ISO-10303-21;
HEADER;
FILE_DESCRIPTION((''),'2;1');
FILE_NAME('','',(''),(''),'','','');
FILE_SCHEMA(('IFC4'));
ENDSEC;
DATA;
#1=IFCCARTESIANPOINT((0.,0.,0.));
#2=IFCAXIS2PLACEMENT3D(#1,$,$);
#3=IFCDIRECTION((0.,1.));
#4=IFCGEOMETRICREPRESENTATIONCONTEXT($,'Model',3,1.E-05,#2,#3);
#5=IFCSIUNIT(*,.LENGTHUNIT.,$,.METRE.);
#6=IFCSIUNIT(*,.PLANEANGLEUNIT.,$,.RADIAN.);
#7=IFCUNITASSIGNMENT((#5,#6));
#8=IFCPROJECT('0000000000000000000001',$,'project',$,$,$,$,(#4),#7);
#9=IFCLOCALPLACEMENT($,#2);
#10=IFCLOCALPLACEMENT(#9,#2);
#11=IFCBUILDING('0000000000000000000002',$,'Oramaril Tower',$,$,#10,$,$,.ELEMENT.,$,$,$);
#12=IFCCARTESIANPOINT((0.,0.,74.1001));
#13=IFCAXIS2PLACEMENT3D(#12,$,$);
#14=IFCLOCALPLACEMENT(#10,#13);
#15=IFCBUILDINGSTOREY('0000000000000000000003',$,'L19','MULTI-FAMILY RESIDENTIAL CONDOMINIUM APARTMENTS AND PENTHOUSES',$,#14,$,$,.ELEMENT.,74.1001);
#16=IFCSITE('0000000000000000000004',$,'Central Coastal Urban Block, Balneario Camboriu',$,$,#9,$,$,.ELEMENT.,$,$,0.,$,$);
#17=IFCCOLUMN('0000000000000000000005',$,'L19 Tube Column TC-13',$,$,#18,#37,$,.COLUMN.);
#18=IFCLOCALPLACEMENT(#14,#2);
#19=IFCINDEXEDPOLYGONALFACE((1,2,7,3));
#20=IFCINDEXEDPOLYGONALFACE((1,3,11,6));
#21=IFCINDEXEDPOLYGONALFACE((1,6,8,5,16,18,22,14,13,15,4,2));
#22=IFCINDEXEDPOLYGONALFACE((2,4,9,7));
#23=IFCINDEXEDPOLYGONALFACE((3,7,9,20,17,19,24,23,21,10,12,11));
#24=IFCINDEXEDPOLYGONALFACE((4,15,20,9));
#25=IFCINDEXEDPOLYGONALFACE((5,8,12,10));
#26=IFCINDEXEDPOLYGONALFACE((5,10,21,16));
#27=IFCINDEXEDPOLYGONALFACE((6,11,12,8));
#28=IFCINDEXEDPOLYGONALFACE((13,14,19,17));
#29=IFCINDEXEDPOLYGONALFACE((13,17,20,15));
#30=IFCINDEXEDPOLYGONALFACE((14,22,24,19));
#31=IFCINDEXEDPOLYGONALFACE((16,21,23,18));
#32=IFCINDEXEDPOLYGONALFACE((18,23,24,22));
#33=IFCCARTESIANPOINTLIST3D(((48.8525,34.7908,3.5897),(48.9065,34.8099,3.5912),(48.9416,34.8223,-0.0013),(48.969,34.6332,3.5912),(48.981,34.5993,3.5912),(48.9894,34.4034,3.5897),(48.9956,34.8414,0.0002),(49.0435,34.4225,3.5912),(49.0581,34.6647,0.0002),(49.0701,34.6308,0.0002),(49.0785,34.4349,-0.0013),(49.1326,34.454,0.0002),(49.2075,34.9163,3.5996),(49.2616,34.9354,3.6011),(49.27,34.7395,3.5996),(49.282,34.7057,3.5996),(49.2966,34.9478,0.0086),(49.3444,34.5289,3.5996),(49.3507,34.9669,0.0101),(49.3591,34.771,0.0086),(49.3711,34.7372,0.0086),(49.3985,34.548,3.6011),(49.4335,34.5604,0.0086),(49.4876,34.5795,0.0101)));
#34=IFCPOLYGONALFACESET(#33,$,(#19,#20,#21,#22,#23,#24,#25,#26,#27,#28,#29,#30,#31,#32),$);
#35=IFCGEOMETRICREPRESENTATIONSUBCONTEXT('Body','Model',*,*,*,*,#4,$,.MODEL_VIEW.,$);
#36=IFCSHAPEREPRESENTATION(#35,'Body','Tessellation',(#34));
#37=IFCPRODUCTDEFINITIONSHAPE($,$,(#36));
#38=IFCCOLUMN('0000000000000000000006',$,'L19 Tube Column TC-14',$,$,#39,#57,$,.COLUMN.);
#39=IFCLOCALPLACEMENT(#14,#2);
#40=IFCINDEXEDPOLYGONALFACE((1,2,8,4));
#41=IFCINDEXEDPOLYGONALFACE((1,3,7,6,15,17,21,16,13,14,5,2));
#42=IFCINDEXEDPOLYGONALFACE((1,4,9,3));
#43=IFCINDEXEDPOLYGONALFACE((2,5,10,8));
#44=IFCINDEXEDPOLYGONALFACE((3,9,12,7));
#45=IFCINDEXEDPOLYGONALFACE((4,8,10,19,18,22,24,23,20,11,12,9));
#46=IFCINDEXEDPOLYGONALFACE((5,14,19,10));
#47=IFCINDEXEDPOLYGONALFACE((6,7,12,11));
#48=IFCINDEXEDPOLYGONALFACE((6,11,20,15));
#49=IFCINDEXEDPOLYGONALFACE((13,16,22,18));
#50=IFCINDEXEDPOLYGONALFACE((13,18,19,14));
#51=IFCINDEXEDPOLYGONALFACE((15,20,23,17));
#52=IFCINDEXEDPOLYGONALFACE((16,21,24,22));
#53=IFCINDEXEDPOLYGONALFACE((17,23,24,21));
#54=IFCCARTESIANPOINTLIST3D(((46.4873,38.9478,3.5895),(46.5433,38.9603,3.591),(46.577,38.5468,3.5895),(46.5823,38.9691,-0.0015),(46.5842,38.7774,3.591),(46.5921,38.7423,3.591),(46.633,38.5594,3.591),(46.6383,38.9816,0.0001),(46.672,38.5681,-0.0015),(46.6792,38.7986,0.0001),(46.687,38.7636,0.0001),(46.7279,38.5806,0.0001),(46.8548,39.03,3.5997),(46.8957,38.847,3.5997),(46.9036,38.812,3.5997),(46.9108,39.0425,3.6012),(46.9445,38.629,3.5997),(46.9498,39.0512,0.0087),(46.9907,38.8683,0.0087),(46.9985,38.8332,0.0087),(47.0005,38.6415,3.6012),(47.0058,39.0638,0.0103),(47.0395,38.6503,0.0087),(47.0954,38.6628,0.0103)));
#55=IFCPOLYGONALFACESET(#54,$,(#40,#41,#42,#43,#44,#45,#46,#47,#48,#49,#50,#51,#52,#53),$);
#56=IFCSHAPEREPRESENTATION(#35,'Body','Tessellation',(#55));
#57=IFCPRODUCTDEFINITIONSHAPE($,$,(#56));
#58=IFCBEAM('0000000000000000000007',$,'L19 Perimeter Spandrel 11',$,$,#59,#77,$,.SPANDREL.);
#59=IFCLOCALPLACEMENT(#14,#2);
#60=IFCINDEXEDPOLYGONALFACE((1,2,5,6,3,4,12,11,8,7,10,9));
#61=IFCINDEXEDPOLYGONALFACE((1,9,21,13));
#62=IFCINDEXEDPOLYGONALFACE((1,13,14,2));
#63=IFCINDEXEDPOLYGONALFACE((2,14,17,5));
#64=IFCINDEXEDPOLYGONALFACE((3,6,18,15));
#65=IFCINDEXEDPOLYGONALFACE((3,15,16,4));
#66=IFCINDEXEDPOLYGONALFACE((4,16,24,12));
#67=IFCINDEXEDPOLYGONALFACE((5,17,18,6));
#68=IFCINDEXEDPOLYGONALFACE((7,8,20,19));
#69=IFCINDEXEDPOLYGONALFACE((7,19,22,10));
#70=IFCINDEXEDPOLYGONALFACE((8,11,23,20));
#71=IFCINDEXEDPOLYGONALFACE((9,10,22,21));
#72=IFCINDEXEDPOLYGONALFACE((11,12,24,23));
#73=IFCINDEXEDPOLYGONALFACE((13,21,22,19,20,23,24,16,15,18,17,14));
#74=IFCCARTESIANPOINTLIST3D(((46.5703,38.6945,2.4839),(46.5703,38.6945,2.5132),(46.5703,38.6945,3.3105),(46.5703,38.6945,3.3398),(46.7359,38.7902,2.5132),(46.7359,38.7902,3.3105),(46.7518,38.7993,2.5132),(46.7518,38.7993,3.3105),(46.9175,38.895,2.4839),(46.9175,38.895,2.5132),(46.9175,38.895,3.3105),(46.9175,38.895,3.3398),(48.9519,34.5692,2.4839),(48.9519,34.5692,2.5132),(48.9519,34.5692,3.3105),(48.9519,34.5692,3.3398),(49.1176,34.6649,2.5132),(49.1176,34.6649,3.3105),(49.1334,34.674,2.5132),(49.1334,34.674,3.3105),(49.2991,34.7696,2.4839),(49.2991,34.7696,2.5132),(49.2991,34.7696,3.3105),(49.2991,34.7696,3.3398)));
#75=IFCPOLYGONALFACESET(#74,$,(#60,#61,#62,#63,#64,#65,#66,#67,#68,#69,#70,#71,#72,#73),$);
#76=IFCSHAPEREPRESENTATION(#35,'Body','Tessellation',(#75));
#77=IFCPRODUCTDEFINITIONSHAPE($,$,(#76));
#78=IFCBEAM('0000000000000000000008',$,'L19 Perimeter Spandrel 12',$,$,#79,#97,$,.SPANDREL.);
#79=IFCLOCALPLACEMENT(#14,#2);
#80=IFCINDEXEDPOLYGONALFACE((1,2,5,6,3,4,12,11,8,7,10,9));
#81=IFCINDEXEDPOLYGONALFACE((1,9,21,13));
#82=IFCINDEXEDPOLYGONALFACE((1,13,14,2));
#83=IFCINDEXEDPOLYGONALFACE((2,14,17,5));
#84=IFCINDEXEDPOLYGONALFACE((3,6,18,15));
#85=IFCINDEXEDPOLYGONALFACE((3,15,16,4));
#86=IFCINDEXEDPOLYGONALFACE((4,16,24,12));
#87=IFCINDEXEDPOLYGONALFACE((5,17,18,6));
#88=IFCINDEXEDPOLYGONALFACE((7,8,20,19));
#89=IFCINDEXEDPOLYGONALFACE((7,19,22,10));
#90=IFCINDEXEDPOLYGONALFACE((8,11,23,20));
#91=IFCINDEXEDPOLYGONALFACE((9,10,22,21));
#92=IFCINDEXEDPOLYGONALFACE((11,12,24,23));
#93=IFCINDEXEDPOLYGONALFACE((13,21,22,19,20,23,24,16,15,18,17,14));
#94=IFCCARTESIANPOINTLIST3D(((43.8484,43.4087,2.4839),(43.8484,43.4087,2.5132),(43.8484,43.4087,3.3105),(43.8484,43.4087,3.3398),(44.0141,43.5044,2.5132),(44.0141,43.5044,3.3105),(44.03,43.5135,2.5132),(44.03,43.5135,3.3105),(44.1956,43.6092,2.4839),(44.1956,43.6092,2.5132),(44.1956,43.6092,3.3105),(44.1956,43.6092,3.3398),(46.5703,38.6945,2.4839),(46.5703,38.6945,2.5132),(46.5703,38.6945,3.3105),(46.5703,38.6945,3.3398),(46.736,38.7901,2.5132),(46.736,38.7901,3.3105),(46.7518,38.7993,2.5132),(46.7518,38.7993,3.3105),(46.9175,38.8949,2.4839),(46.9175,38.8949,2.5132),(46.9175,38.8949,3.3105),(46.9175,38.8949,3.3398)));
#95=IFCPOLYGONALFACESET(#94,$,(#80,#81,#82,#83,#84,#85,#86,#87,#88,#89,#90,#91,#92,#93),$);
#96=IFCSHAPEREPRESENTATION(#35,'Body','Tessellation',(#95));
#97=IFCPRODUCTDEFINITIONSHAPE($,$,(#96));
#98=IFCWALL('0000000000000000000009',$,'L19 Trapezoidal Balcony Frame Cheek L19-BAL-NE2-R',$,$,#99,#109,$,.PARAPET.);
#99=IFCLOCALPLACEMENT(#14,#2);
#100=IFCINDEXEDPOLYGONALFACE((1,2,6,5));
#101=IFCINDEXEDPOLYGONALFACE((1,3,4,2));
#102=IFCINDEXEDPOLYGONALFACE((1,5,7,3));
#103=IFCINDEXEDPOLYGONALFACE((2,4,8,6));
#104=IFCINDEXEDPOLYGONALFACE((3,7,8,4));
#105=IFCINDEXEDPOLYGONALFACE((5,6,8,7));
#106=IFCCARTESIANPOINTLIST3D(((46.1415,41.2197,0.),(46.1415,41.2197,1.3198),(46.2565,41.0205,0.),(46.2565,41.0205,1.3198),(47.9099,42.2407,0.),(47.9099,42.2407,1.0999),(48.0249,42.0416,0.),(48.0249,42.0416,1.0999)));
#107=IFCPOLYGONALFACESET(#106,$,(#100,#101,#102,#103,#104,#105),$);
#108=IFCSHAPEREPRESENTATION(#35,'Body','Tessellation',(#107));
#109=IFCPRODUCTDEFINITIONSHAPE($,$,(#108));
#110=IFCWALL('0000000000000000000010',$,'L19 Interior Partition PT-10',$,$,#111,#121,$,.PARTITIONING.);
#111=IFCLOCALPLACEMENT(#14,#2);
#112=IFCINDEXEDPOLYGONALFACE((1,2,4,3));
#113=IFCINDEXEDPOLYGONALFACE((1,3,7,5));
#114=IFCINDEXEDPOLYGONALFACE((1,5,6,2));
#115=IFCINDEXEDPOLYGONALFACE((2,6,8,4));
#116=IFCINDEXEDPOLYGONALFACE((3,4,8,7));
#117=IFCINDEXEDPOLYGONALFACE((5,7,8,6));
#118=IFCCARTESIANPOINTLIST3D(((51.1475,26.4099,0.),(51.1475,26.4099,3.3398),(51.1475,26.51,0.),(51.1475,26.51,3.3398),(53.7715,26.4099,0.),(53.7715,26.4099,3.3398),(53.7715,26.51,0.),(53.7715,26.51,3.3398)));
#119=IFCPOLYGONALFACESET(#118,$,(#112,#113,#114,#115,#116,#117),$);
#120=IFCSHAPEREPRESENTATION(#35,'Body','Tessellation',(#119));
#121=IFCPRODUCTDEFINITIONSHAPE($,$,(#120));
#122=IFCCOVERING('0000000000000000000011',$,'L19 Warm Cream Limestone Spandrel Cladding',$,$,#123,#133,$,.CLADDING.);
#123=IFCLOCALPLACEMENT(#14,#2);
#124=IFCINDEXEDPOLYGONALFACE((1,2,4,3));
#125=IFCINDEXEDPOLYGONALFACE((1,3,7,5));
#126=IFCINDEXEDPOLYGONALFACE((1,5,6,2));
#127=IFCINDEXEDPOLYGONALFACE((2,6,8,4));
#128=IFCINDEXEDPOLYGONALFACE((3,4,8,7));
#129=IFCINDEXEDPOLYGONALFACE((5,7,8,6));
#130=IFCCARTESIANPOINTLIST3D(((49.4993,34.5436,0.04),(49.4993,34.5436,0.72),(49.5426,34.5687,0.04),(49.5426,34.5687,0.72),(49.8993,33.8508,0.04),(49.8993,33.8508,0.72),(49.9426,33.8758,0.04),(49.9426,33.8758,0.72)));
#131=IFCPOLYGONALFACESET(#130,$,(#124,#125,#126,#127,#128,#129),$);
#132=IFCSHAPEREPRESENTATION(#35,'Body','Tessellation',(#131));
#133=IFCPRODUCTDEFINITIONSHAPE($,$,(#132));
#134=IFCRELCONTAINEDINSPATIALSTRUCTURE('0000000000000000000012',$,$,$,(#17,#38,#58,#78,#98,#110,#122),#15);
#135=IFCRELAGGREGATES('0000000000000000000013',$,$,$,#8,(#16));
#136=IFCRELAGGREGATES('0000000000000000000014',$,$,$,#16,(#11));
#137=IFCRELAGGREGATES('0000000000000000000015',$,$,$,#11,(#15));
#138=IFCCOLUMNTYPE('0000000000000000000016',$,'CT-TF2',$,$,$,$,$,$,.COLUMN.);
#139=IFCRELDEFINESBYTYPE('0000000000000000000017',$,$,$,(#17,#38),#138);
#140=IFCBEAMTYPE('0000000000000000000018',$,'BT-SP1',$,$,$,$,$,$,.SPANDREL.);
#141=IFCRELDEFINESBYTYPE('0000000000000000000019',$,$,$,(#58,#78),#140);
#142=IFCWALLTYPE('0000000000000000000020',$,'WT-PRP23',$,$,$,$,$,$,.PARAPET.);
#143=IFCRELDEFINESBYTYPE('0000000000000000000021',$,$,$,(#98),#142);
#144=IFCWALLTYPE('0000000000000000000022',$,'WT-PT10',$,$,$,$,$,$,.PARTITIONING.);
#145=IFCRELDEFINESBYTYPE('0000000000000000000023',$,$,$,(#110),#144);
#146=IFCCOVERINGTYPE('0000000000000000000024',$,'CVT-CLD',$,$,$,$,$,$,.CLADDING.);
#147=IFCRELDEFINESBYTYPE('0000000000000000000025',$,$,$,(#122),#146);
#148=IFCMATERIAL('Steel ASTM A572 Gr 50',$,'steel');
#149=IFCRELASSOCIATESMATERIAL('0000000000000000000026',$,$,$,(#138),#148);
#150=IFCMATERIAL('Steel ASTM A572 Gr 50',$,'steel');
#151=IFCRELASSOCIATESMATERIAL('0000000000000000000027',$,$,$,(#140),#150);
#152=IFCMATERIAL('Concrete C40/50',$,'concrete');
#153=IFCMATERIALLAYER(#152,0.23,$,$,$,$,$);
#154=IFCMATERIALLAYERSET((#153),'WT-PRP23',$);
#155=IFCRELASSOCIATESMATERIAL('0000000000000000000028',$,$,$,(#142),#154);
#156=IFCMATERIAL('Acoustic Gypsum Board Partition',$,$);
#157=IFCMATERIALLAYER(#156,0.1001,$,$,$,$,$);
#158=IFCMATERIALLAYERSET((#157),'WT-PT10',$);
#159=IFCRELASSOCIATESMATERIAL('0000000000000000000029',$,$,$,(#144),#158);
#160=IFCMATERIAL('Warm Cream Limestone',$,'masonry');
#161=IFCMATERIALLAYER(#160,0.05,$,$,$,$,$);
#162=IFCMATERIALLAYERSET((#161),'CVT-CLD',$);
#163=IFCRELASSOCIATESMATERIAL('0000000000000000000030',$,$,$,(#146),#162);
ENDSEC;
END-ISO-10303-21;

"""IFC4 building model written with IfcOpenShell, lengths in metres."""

from ifc_helpers import new_model, si_unit, direction, frame, frame_2d, origin, origin_2d, place, context, subcontext, project, spatial, polyline, rectangle, i_section, outline, extrude, material, layer, layer_set, material_profile, profile_set, type_object, element, save


model = new_model("IFC4")

# Units and contexts
model_context = context("Model", 3, precision=1e-05, world=origin(), true_north=direction((0.0, 1.0)))
body_context = subcontext(model_context, "Body", "Model", "MODEL_VIEW")
ifc_project = project(units=[si_unit("LENGTHUNIT", "METRE"), si_unit("PLANEANGLEUNIT", "RADIAN")], contexts=[model_context])

# Site, building, storey
site_placement = place(None, origin())
site = spatial("IfcSite", under=ifc_project, at=site_placement, Name="Central Coastal Urban Block, Balneario Camboriu", CompositionType="ELEMENT", RefElevation=0.0)
building_placement = place(site_placement, origin())
building = spatial("IfcBuilding", under=site, at=building_placement, Name="Oramaril Tower", CompositionType="ELEMENT")
storey_placement = place(building_placement, frame((0.0, 0.0, 74.1001)))
storey = spatial("IfcBuildingStorey", under=building, at=storey_placement, Name="L19", Description="MULTI-FAMILY RESIDENTIAL CONDOMINIUM APARTMENTS AND PENTHOUSES", CompositionType="ELEMENT", Elevation=74.1001)

# Columns
ifc_material_1 = material(Name="Steel ASTM A572 Gr 50", Category="steel")
ifc_material_profile_1 = material_profile(ifc_material_1, i_section(OverallWidth=0.4109, OverallDepth=0.4341, WebThickness=0.0359, FlangeThickness=0.0574, at=origin_2d()), Name="W14X311")
ifc_profile_set_1 = profile_set([ifc_material_profile_1], Name="Steel ASTM A572 Gr 50")
column_type = type_object("IfcColumnType", Name="CT-TF2", PredefinedType="COLUMN", material=ifc_profile_set_1)
for number, where, z_axis, x_axis, name in (
    (1, (49.2146, 34.7009, 0.0044), (-0.024806, -0.008767, 0.999654), (0.333225, -0.942847, 0.0), "L19 Tube Column TC-13"),
    (2, (46.8389, 38.8159, 0.0044), (-0.026437, -0.005913, 0.999633), (0.218258, -0.975891, 0.0), "L19 Tube Column TC-14"),
):
    element("IfcColumn", number, at=place(storey_placement, frame(where, z_axis=z_axis, x_axis=x_axis)), inside=storey, type_object=column_type, Name=name, PredefinedType="COLUMN", context=body_context, shape_type="SweptSolid", body=[
        extrude(i_section(OverallWidth=0.4109, OverallDepth=0.4341, WebThickness=0.0359, FlangeThickness=0.0574, at=origin_2d()), origin(), (0.0, 0.0, 1.0), 3.5923),
    ])

# Beams
ifc_material_2 = material(Name="Steel ASTM A572 Gr 50", Category="steel")
ifc_material_profile_2 = material_profile(ifc_material_2, i_section(OverallWidth=0.4009, OverallDepth=0.856, WebThickness=0.0183, FlangeThickness=0.0293, at=origin_2d()), Name="W33X201")
ifc_profile_set_2 = profile_set([ifc_material_profile_2], Name="Steel ASTM A572 Gr 50")
beam_type = type_object("IfcBeamType", Name="BT-SP1", PredefinedType="SPANDREL", material=ifc_profile_set_2)
beam_1_placement = place(storey_placement, frame((49.1255, 34.6694, 2.9119), z_axis=(-0.499981, 0.866036, 0.0), x_axis=(-0.866036, -0.499981, 0.0)))
element("IfcBeam", 3, at=beam_1_placement, inside=storey, type_object=beam_type, Name="L19 Perimeter Spandrel 11", PredefinedType="SPANDREL", context=body_context, shape_type="SweptSolid", body=[
    extrude(i_section(OverallWidth=0.4009, OverallDepth=0.856, WebThickness=0.0183, FlangeThickness=0.0293, at=origin_2d()), origin(), (0.0, 0.0, 1.0), 4.7634),
])
beam_2_placement = place(storey_placement, frame((46.7439, 38.7947, 2.9119), z_axis=(-0.500012, 0.866018, 0.0), x_axis=(-0.866018, -0.500012, 0.0)))
element("IfcBeam", 4, at=beam_2_placement, inside=storey, type_object=beam_type, Name="L19 Perimeter Spandrel 12", PredefinedType="SPANDREL", context=body_context, shape_type="SweptSolid", body=[
    extrude(i_section(OverallWidth=0.4009, OverallDepth=0.856, WebThickness=0.0183, FlangeThickness=0.0293, at=origin_2d()), origin(), (0.0, 0.0, 1.0), 5.4436),
])

# Walls
ifc_material_3 = material(Name="Concrete C40/50", Category="concrete")
ifc_layer_1 = layer(ifc_material_3, 0.23)
ifc_layer_set_1 = layer_set([ifc_layer_1], Name="WT-PRP23")
wall_type_1 = type_object("IfcWallType", Name="WT-PRP23", PredefinedType="PARAPET", material=ifc_layer_set_1)
wall_1_placement = place(storey_placement, frame((46.199, 41.1201, 0.0), z_axis=(0.0, 0.0, 1.0), x_axis=(0.866012, 0.500023, 0.0)))
element("IfcWall", 5, at=wall_1_placement, inside=storey, type_object=wall_type_1, Name="L19 Trapezoidal Balcony Frame Cheek L19-BAL-NE2-R", PredefinedType="PARAPET", context=body_context, shape_type="SweptSolid", body=[
    extrude(outline(polyline([(0.0, 0.0), (2.042, 0.0), (2.042, 1.0999), (0.0, 1.3198), (0.0, 0.0)])), frame((0.0, 0.115, 0.0), z_axis=(0.0, -1.0, 0.0), x_axis=(1.0, 0.0, 0.0)), (0.0, 0.0, 1.0), 0.23),
])
ifc_material_4 = material(Name="Acoustic Gypsum Board Partition")
ifc_layer_2 = layer(ifc_material_4, 0.1001)
ifc_layer_set_2 = layer_set([ifc_layer_2], Name="WT-PT10")
wall_type_2 = type_object("IfcWallType", Name="WT-PT10", PredefinedType="PARTITIONING", material=ifc_layer_set_2)
wall_2_placement = place(storey_placement, frame((51.1475, 26.46, 0.0), z_axis=(0.0, 0.0, 1.0), x_axis=(1.0, 0.0, 0.0)))
element("IfcWall", 6, at=wall_2_placement, inside=storey, type_object=wall_type_2, Name="L19 Interior Partition PT-10", PredefinedType="PARTITIONING", context=body_context, shape_type="SweptSolid", body=[
    extrude(rectangle(XDim=2.624, YDim=0.1001, at=frame_2d((1.312, 0.0))), origin(), (0.0, 0.0, 1.0), 3.3398),
])

# Covering
ifc_material_5 = material(Name="Warm Cream Limestone", Category="masonry")
ifc_layer_3 = layer(ifc_material_5, 0.05)
ifc_layer_set_3 = layer_set([ifc_layer_3], Name="CVT-CLD")
covering_type = type_object("IfcCoveringType", Name="CVT-CLD", PredefinedType="CLADDING", material=ifc_layer_set_3)
covering_placement = place(storey_placement, frame((49.7209, 34.2097, 0.04), z_axis=(0.0, 0.0, 1.0), x_axis=(-0.5, 0.866025, 0.0)))
element("IfcCovering", 7, at=covering_placement, inside=storey, type_object=covering_type, Name="L19 Warm Cream Limestone Spandrel Cladding", PredefinedType="CLADDING", context=body_context, shape_type="SweptSolid", body=[
    extrude(rectangle(XDim=0.8, YDim=0.05, at=origin_2d()), origin(), (0.0, 0.0, 1.0), 0.6799),
])

save(model, "model.ifc")
